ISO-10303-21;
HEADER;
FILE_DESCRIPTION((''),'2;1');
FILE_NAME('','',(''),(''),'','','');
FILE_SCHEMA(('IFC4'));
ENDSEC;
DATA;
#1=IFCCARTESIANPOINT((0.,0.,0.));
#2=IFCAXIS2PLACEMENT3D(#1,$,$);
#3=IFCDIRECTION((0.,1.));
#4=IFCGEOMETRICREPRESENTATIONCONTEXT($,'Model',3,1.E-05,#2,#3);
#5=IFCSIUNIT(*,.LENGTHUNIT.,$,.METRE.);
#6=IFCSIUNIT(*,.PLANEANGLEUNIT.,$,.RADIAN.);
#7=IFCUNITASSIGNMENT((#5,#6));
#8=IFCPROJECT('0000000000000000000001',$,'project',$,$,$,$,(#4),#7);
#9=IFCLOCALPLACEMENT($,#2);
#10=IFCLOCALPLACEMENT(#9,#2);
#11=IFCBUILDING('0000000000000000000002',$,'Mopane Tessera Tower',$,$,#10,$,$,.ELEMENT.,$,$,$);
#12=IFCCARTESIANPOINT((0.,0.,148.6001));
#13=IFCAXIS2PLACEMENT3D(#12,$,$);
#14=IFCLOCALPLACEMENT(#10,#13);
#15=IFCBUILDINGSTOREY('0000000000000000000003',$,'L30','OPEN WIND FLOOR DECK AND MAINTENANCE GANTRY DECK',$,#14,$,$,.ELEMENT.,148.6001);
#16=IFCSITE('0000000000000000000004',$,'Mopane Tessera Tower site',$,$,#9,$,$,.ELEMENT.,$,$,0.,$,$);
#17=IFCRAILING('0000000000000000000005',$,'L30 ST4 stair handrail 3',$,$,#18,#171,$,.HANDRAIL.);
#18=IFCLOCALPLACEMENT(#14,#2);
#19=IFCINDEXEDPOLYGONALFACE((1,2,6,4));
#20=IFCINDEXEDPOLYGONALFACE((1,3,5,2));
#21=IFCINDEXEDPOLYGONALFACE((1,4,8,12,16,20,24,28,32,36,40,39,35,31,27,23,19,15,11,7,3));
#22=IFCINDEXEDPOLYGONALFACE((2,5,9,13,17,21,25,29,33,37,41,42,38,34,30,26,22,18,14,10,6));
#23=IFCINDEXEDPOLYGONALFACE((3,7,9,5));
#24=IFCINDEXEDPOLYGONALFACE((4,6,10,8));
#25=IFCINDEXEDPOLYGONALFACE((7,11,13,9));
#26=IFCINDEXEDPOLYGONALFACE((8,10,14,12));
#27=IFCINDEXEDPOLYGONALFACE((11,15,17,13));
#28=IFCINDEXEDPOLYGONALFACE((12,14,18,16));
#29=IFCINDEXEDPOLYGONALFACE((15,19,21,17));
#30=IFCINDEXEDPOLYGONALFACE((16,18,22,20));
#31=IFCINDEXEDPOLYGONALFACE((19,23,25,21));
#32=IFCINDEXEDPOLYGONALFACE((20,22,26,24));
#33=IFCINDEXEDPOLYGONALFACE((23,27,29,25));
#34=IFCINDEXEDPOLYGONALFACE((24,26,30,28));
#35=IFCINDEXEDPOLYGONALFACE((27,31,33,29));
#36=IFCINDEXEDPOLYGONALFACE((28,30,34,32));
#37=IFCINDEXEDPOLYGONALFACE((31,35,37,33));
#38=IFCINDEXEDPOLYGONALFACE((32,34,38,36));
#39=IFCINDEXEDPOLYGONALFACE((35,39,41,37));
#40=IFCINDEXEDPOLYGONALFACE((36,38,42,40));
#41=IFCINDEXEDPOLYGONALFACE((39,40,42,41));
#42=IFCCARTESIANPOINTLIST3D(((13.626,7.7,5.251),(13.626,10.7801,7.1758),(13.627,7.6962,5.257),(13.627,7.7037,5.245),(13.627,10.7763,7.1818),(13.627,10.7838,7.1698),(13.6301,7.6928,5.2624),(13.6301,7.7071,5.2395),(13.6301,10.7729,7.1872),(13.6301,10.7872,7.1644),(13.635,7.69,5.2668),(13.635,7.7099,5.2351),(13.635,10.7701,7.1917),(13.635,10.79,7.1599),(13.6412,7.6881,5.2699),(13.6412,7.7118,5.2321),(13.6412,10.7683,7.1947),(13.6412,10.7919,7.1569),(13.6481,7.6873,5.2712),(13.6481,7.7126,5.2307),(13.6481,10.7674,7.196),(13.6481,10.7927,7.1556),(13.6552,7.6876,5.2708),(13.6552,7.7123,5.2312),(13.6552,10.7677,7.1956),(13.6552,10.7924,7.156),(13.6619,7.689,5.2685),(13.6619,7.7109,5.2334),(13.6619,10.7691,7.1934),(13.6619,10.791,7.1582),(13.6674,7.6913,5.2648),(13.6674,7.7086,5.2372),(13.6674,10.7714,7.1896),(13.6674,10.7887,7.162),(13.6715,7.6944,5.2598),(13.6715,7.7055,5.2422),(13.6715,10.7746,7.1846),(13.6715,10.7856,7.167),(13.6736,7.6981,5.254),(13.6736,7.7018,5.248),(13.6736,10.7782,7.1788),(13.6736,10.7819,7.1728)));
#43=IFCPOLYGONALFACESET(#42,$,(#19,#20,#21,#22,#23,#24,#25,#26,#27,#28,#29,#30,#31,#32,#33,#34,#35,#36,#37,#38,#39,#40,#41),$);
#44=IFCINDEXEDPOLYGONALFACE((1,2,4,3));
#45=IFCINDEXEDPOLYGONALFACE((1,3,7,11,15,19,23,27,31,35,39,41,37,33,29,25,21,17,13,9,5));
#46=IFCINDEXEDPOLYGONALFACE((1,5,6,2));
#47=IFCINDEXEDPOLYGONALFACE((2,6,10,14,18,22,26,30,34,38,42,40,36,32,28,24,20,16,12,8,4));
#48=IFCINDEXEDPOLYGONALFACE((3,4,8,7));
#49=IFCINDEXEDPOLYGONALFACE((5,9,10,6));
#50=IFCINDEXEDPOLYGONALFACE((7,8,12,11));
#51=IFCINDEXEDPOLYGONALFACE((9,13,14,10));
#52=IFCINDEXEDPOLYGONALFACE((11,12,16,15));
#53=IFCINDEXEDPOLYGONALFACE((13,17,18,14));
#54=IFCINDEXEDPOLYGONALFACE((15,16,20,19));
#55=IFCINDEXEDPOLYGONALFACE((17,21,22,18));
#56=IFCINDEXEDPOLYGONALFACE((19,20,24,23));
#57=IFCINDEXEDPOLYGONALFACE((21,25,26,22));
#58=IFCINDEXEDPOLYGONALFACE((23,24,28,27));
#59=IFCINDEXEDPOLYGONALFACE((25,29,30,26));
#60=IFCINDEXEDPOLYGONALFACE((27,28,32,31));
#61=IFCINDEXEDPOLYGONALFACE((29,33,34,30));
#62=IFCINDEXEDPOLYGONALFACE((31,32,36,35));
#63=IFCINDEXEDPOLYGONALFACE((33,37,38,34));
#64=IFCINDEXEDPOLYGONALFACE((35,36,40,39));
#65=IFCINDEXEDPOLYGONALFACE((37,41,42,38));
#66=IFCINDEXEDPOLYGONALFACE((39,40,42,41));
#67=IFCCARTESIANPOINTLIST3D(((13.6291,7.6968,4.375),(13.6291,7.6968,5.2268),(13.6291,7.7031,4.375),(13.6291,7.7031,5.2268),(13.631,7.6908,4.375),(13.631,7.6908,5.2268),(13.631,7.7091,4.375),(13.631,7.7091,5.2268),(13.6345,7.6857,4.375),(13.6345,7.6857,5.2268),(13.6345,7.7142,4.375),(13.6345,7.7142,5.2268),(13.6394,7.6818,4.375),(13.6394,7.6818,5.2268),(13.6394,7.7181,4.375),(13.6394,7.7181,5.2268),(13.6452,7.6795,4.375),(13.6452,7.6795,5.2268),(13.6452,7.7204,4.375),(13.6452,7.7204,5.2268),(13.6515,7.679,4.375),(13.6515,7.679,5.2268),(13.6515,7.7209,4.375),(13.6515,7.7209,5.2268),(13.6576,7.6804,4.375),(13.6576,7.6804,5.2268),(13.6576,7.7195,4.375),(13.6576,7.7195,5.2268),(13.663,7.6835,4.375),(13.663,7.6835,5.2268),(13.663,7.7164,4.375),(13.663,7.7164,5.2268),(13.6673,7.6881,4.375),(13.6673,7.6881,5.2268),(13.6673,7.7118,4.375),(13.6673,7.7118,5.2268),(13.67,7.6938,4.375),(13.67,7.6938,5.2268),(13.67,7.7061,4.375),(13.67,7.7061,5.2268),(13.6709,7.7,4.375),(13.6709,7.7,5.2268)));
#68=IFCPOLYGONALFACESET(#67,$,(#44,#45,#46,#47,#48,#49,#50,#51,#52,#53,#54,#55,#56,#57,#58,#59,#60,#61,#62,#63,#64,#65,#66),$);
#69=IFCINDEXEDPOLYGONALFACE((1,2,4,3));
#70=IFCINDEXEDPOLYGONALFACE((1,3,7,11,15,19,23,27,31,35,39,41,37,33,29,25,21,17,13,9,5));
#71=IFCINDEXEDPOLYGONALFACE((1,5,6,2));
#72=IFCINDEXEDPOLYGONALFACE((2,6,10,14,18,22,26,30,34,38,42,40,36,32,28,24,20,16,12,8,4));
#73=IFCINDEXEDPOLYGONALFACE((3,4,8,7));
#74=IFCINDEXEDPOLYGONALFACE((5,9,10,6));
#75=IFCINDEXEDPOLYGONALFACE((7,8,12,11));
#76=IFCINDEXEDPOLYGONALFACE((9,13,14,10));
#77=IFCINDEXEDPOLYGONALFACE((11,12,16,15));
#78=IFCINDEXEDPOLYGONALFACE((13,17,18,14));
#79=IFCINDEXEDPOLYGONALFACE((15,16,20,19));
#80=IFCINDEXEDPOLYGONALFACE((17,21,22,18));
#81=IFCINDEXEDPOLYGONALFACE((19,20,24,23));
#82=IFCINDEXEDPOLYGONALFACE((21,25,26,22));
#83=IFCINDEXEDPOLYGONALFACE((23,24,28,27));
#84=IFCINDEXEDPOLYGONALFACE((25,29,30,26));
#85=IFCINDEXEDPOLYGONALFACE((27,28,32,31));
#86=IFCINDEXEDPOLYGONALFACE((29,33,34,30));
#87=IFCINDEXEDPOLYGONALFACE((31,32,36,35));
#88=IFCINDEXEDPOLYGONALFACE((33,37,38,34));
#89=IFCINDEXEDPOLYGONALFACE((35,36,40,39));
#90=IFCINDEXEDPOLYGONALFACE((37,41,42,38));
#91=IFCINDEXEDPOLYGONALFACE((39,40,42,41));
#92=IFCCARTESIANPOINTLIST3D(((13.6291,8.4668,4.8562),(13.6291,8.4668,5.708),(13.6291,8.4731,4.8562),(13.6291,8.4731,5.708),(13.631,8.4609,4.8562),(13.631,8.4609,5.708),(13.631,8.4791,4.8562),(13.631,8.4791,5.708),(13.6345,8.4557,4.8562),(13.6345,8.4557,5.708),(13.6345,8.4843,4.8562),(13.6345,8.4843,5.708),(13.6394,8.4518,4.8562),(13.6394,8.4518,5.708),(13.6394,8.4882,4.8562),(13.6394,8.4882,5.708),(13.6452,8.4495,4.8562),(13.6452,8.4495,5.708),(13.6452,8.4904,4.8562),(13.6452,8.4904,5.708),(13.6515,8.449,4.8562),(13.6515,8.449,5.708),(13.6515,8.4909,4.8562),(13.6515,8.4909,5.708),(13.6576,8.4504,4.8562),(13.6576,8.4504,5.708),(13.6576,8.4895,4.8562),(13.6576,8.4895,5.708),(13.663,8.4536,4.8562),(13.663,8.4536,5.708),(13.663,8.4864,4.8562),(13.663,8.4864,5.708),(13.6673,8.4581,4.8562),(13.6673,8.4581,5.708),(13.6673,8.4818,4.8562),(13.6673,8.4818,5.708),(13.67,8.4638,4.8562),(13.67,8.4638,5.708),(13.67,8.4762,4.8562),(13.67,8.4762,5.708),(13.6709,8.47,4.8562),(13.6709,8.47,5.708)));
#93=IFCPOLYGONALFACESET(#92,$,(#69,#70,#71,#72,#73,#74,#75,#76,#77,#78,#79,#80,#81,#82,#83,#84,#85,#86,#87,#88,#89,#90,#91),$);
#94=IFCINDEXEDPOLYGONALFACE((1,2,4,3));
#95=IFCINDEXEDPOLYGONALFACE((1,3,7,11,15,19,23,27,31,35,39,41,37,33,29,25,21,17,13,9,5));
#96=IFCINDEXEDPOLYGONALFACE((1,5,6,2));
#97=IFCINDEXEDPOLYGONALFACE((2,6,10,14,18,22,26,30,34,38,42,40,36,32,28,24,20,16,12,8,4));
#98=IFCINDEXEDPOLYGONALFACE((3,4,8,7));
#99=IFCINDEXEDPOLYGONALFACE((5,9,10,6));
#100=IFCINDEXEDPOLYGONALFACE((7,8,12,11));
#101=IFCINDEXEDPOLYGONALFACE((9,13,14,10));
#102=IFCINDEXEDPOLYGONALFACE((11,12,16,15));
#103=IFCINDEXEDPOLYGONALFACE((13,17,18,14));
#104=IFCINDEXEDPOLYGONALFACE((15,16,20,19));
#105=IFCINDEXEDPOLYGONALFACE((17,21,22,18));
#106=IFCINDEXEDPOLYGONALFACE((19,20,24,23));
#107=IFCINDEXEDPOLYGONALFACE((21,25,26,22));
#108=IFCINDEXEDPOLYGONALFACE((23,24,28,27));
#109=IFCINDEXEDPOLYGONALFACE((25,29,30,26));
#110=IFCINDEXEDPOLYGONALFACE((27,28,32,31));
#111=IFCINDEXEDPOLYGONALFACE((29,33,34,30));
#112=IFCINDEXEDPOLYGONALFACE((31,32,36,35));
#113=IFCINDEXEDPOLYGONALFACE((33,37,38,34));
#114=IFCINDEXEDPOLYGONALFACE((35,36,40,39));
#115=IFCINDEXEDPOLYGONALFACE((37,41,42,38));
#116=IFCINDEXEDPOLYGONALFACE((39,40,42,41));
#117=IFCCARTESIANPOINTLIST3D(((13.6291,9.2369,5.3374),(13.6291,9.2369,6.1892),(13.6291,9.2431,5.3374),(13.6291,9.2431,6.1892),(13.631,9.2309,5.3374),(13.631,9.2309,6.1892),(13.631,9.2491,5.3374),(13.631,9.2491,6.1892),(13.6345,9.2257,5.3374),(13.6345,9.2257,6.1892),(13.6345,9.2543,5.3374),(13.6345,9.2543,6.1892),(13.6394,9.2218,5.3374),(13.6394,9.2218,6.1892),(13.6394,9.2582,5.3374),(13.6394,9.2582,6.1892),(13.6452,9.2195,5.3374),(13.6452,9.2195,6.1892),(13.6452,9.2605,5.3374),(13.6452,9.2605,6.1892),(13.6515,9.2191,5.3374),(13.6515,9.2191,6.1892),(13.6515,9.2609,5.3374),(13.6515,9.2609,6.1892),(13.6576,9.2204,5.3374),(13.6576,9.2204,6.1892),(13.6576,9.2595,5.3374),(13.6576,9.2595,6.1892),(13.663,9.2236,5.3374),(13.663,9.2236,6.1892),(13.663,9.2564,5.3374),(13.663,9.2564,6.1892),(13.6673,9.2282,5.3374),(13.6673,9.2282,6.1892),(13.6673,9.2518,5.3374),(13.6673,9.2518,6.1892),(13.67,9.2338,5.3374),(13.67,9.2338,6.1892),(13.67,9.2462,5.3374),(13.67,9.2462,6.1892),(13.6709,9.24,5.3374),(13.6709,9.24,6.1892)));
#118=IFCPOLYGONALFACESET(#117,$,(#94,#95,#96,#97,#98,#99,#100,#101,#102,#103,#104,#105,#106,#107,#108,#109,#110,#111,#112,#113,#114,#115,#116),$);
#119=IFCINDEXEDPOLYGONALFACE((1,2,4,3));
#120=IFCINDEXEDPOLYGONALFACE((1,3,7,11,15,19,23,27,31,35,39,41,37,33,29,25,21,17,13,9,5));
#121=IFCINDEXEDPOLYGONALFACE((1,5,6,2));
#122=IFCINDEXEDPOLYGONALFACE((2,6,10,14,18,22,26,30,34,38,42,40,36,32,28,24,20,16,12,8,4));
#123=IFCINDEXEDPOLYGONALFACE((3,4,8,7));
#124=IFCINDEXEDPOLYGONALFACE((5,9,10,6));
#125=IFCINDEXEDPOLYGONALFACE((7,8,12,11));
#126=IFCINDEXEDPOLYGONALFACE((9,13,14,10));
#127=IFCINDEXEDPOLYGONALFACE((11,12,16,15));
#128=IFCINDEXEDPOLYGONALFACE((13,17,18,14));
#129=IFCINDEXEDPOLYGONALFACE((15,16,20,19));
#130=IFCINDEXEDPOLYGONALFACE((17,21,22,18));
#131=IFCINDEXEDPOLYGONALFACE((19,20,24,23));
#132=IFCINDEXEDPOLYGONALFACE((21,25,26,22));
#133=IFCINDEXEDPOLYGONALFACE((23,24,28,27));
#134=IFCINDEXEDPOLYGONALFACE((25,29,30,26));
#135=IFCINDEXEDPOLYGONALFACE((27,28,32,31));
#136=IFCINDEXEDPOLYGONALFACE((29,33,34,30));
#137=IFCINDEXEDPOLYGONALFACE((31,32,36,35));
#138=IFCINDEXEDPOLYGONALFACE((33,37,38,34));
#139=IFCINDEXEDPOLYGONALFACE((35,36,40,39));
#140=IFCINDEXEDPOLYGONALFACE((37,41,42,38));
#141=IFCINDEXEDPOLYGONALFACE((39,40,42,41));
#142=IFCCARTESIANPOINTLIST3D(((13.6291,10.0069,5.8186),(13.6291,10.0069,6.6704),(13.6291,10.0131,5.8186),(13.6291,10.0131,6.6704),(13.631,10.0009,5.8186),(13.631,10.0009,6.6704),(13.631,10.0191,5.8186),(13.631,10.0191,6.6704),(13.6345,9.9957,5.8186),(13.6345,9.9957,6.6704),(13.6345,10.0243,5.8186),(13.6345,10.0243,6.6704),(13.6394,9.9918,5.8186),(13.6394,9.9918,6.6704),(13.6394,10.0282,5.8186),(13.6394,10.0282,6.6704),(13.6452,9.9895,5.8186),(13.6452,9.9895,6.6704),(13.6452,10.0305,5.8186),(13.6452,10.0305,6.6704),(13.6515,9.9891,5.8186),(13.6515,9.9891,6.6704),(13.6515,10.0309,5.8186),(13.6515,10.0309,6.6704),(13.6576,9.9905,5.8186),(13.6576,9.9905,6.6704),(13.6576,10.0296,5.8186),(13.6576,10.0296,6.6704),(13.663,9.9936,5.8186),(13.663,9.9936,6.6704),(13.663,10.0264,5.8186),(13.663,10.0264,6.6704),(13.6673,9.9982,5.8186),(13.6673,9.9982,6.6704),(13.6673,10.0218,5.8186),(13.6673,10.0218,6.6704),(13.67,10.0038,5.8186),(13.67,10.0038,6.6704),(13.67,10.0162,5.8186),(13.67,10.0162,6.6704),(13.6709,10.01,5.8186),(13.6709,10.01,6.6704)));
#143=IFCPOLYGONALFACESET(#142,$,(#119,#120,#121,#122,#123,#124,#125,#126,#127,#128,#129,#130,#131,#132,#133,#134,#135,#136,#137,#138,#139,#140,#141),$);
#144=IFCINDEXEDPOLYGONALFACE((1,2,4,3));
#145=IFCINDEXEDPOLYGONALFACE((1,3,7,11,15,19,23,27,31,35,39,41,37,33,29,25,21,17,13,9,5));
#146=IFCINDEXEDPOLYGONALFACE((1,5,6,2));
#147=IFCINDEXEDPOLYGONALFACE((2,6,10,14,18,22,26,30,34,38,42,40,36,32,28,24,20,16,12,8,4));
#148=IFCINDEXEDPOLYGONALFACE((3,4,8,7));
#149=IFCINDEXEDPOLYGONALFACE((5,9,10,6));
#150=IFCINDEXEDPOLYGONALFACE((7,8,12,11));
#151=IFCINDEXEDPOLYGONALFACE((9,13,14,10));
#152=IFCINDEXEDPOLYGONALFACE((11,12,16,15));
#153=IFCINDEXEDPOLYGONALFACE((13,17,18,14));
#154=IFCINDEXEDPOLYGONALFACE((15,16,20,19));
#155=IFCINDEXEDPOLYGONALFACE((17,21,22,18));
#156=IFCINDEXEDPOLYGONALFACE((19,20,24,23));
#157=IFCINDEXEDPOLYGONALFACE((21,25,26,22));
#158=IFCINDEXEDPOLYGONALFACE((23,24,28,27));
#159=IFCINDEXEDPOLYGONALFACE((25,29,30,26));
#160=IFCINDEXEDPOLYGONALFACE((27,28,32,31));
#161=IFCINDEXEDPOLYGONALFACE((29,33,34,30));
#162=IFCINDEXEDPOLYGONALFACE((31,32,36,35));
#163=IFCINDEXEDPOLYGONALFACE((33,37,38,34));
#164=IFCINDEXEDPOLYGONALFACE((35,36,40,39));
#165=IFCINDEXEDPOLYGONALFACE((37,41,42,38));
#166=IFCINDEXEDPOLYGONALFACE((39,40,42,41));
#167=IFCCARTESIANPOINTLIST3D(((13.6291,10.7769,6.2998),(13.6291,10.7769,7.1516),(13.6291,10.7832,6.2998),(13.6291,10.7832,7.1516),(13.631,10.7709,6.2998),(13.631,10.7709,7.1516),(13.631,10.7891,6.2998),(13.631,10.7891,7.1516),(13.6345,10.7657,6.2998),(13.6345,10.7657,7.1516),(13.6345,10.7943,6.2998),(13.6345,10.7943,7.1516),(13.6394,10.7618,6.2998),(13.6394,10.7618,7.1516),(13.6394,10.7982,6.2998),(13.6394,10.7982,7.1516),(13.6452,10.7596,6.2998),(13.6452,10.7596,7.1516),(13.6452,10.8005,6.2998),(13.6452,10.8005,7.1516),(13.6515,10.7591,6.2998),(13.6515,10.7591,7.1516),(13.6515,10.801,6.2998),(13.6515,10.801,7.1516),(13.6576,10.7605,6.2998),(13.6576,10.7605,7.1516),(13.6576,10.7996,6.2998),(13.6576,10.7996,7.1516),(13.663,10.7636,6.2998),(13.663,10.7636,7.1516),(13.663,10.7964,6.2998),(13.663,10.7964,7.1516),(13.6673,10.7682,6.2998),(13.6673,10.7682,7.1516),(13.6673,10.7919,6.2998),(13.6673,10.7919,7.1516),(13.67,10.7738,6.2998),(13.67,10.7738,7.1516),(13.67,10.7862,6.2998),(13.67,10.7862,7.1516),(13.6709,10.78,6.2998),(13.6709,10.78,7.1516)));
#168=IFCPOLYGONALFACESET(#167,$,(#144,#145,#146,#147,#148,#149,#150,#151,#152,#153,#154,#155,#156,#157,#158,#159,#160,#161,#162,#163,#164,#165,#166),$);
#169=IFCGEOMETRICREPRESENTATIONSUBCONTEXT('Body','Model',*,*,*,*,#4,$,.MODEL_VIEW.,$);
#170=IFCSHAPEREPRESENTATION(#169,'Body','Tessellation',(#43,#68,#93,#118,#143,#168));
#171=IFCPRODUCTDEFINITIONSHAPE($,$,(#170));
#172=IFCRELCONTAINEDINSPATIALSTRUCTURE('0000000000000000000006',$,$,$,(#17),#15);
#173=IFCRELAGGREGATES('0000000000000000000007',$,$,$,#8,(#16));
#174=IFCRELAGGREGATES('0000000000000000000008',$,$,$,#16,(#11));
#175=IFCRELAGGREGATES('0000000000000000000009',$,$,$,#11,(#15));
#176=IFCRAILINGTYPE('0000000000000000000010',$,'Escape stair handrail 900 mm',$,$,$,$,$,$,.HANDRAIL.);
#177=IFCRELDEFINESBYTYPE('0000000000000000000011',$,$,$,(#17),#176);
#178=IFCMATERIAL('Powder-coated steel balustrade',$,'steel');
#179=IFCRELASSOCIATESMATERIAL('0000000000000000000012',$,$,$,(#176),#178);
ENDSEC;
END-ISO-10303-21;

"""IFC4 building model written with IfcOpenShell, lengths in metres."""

from ifc_helpers import new_model, si_unit, direction, frame, origin, origin_2d, place, context, subcontext, project, spatial, circle, extrude, material, type_object, element, save


model = new_model("IFC4")

# Units and contexts
model_context = context("Model", 3, precision=1e-05, world=origin(), true_north=direction((0.0, 1.0)))
body_context = subcontext(model_context, "Body", "Model", "MODEL_VIEW")
ifc_project = project(units=[si_unit("LENGTHUNIT", "METRE"), si_unit("PLANEANGLEUNIT", "RADIAN")], contexts=[model_context])

# Site, building, storey
site_placement = place(None, origin())
site = spatial("IfcSite", under=ifc_project, at=site_placement, Name="Mopane Tessera Tower site", CompositionType="ELEMENT", RefElevation=0.0)
building_placement = place(site_placement, origin())
building = spatial("IfcBuilding", under=site, at=building_placement, Name="Mopane Tessera Tower", CompositionType="ELEMENT")
storey_placement = place(building_placement, frame((0.0, 0.0, 148.6001)))
storey = spatial("IfcBuildingStorey", under=building, at=storey_placement, Name="L30", Description="OPEN WIND FLOOR DECK AND MAINTENANCE GANTRY DECK", CompositionType="ELEMENT", Elevation=148.6001)

# Railing
ifc_material_1 = material(Name="Powder-coated steel balustrade", Category="steel")
railing_type_1 = type_object("IfcRailingType", Name="Escape stair handrail 900 mm", PredefinedType="HANDRAIL", material=ifc_material_1)
railing_1_placement = place(storey_placement, frame((13.6499, 7.7, 4.375)))
element("IfcRailing", 1, at=railing_1_placement, inside=storey, type_object=railing_type_1, Name="L30 ST4 stair handrail 3", PredefinedType="HANDRAIL", context=body_context, shape_type="SweptSolid", body=[
    extrude(circle(Radius=0.0239, at=origin_2d()), frame((0.0, 0.0, 0.876), z_axis=(0.0, 0.848029, 0.529951), x_axis=(-1.0, 0.0, 0.0)), (0.0, 0.0, 1.0), 3.6321),
    extrude(circle(Radius=0.021, at=origin_2d()), origin(), (0.0, 0.0, 1.0), 0.8518),
    extrude(circle(Radius=0.021, at=origin_2d()), frame((0.0, 0.77, 0.4812)), (0.0, 0.0, 1.0), 0.8518),
    extrude(circle(Radius=0.021, at=origin_2d()), frame((0.0, 1.54, 0.9624)), (0.0, 0.0, 1.0), 0.8518),
    extrude(circle(Radius=0.021, at=origin_2d()), frame((0.0, 2.3101, 1.4436)), (0.0, 0.0, 1.0), 0.8518),
    extrude(circle(Radius=0.021, at=origin_2d()), frame((0.0, 3.0801, 1.9248)), (0.0, 0.0, 1.0), 0.8518),
])

save(model, "model.ifc")
